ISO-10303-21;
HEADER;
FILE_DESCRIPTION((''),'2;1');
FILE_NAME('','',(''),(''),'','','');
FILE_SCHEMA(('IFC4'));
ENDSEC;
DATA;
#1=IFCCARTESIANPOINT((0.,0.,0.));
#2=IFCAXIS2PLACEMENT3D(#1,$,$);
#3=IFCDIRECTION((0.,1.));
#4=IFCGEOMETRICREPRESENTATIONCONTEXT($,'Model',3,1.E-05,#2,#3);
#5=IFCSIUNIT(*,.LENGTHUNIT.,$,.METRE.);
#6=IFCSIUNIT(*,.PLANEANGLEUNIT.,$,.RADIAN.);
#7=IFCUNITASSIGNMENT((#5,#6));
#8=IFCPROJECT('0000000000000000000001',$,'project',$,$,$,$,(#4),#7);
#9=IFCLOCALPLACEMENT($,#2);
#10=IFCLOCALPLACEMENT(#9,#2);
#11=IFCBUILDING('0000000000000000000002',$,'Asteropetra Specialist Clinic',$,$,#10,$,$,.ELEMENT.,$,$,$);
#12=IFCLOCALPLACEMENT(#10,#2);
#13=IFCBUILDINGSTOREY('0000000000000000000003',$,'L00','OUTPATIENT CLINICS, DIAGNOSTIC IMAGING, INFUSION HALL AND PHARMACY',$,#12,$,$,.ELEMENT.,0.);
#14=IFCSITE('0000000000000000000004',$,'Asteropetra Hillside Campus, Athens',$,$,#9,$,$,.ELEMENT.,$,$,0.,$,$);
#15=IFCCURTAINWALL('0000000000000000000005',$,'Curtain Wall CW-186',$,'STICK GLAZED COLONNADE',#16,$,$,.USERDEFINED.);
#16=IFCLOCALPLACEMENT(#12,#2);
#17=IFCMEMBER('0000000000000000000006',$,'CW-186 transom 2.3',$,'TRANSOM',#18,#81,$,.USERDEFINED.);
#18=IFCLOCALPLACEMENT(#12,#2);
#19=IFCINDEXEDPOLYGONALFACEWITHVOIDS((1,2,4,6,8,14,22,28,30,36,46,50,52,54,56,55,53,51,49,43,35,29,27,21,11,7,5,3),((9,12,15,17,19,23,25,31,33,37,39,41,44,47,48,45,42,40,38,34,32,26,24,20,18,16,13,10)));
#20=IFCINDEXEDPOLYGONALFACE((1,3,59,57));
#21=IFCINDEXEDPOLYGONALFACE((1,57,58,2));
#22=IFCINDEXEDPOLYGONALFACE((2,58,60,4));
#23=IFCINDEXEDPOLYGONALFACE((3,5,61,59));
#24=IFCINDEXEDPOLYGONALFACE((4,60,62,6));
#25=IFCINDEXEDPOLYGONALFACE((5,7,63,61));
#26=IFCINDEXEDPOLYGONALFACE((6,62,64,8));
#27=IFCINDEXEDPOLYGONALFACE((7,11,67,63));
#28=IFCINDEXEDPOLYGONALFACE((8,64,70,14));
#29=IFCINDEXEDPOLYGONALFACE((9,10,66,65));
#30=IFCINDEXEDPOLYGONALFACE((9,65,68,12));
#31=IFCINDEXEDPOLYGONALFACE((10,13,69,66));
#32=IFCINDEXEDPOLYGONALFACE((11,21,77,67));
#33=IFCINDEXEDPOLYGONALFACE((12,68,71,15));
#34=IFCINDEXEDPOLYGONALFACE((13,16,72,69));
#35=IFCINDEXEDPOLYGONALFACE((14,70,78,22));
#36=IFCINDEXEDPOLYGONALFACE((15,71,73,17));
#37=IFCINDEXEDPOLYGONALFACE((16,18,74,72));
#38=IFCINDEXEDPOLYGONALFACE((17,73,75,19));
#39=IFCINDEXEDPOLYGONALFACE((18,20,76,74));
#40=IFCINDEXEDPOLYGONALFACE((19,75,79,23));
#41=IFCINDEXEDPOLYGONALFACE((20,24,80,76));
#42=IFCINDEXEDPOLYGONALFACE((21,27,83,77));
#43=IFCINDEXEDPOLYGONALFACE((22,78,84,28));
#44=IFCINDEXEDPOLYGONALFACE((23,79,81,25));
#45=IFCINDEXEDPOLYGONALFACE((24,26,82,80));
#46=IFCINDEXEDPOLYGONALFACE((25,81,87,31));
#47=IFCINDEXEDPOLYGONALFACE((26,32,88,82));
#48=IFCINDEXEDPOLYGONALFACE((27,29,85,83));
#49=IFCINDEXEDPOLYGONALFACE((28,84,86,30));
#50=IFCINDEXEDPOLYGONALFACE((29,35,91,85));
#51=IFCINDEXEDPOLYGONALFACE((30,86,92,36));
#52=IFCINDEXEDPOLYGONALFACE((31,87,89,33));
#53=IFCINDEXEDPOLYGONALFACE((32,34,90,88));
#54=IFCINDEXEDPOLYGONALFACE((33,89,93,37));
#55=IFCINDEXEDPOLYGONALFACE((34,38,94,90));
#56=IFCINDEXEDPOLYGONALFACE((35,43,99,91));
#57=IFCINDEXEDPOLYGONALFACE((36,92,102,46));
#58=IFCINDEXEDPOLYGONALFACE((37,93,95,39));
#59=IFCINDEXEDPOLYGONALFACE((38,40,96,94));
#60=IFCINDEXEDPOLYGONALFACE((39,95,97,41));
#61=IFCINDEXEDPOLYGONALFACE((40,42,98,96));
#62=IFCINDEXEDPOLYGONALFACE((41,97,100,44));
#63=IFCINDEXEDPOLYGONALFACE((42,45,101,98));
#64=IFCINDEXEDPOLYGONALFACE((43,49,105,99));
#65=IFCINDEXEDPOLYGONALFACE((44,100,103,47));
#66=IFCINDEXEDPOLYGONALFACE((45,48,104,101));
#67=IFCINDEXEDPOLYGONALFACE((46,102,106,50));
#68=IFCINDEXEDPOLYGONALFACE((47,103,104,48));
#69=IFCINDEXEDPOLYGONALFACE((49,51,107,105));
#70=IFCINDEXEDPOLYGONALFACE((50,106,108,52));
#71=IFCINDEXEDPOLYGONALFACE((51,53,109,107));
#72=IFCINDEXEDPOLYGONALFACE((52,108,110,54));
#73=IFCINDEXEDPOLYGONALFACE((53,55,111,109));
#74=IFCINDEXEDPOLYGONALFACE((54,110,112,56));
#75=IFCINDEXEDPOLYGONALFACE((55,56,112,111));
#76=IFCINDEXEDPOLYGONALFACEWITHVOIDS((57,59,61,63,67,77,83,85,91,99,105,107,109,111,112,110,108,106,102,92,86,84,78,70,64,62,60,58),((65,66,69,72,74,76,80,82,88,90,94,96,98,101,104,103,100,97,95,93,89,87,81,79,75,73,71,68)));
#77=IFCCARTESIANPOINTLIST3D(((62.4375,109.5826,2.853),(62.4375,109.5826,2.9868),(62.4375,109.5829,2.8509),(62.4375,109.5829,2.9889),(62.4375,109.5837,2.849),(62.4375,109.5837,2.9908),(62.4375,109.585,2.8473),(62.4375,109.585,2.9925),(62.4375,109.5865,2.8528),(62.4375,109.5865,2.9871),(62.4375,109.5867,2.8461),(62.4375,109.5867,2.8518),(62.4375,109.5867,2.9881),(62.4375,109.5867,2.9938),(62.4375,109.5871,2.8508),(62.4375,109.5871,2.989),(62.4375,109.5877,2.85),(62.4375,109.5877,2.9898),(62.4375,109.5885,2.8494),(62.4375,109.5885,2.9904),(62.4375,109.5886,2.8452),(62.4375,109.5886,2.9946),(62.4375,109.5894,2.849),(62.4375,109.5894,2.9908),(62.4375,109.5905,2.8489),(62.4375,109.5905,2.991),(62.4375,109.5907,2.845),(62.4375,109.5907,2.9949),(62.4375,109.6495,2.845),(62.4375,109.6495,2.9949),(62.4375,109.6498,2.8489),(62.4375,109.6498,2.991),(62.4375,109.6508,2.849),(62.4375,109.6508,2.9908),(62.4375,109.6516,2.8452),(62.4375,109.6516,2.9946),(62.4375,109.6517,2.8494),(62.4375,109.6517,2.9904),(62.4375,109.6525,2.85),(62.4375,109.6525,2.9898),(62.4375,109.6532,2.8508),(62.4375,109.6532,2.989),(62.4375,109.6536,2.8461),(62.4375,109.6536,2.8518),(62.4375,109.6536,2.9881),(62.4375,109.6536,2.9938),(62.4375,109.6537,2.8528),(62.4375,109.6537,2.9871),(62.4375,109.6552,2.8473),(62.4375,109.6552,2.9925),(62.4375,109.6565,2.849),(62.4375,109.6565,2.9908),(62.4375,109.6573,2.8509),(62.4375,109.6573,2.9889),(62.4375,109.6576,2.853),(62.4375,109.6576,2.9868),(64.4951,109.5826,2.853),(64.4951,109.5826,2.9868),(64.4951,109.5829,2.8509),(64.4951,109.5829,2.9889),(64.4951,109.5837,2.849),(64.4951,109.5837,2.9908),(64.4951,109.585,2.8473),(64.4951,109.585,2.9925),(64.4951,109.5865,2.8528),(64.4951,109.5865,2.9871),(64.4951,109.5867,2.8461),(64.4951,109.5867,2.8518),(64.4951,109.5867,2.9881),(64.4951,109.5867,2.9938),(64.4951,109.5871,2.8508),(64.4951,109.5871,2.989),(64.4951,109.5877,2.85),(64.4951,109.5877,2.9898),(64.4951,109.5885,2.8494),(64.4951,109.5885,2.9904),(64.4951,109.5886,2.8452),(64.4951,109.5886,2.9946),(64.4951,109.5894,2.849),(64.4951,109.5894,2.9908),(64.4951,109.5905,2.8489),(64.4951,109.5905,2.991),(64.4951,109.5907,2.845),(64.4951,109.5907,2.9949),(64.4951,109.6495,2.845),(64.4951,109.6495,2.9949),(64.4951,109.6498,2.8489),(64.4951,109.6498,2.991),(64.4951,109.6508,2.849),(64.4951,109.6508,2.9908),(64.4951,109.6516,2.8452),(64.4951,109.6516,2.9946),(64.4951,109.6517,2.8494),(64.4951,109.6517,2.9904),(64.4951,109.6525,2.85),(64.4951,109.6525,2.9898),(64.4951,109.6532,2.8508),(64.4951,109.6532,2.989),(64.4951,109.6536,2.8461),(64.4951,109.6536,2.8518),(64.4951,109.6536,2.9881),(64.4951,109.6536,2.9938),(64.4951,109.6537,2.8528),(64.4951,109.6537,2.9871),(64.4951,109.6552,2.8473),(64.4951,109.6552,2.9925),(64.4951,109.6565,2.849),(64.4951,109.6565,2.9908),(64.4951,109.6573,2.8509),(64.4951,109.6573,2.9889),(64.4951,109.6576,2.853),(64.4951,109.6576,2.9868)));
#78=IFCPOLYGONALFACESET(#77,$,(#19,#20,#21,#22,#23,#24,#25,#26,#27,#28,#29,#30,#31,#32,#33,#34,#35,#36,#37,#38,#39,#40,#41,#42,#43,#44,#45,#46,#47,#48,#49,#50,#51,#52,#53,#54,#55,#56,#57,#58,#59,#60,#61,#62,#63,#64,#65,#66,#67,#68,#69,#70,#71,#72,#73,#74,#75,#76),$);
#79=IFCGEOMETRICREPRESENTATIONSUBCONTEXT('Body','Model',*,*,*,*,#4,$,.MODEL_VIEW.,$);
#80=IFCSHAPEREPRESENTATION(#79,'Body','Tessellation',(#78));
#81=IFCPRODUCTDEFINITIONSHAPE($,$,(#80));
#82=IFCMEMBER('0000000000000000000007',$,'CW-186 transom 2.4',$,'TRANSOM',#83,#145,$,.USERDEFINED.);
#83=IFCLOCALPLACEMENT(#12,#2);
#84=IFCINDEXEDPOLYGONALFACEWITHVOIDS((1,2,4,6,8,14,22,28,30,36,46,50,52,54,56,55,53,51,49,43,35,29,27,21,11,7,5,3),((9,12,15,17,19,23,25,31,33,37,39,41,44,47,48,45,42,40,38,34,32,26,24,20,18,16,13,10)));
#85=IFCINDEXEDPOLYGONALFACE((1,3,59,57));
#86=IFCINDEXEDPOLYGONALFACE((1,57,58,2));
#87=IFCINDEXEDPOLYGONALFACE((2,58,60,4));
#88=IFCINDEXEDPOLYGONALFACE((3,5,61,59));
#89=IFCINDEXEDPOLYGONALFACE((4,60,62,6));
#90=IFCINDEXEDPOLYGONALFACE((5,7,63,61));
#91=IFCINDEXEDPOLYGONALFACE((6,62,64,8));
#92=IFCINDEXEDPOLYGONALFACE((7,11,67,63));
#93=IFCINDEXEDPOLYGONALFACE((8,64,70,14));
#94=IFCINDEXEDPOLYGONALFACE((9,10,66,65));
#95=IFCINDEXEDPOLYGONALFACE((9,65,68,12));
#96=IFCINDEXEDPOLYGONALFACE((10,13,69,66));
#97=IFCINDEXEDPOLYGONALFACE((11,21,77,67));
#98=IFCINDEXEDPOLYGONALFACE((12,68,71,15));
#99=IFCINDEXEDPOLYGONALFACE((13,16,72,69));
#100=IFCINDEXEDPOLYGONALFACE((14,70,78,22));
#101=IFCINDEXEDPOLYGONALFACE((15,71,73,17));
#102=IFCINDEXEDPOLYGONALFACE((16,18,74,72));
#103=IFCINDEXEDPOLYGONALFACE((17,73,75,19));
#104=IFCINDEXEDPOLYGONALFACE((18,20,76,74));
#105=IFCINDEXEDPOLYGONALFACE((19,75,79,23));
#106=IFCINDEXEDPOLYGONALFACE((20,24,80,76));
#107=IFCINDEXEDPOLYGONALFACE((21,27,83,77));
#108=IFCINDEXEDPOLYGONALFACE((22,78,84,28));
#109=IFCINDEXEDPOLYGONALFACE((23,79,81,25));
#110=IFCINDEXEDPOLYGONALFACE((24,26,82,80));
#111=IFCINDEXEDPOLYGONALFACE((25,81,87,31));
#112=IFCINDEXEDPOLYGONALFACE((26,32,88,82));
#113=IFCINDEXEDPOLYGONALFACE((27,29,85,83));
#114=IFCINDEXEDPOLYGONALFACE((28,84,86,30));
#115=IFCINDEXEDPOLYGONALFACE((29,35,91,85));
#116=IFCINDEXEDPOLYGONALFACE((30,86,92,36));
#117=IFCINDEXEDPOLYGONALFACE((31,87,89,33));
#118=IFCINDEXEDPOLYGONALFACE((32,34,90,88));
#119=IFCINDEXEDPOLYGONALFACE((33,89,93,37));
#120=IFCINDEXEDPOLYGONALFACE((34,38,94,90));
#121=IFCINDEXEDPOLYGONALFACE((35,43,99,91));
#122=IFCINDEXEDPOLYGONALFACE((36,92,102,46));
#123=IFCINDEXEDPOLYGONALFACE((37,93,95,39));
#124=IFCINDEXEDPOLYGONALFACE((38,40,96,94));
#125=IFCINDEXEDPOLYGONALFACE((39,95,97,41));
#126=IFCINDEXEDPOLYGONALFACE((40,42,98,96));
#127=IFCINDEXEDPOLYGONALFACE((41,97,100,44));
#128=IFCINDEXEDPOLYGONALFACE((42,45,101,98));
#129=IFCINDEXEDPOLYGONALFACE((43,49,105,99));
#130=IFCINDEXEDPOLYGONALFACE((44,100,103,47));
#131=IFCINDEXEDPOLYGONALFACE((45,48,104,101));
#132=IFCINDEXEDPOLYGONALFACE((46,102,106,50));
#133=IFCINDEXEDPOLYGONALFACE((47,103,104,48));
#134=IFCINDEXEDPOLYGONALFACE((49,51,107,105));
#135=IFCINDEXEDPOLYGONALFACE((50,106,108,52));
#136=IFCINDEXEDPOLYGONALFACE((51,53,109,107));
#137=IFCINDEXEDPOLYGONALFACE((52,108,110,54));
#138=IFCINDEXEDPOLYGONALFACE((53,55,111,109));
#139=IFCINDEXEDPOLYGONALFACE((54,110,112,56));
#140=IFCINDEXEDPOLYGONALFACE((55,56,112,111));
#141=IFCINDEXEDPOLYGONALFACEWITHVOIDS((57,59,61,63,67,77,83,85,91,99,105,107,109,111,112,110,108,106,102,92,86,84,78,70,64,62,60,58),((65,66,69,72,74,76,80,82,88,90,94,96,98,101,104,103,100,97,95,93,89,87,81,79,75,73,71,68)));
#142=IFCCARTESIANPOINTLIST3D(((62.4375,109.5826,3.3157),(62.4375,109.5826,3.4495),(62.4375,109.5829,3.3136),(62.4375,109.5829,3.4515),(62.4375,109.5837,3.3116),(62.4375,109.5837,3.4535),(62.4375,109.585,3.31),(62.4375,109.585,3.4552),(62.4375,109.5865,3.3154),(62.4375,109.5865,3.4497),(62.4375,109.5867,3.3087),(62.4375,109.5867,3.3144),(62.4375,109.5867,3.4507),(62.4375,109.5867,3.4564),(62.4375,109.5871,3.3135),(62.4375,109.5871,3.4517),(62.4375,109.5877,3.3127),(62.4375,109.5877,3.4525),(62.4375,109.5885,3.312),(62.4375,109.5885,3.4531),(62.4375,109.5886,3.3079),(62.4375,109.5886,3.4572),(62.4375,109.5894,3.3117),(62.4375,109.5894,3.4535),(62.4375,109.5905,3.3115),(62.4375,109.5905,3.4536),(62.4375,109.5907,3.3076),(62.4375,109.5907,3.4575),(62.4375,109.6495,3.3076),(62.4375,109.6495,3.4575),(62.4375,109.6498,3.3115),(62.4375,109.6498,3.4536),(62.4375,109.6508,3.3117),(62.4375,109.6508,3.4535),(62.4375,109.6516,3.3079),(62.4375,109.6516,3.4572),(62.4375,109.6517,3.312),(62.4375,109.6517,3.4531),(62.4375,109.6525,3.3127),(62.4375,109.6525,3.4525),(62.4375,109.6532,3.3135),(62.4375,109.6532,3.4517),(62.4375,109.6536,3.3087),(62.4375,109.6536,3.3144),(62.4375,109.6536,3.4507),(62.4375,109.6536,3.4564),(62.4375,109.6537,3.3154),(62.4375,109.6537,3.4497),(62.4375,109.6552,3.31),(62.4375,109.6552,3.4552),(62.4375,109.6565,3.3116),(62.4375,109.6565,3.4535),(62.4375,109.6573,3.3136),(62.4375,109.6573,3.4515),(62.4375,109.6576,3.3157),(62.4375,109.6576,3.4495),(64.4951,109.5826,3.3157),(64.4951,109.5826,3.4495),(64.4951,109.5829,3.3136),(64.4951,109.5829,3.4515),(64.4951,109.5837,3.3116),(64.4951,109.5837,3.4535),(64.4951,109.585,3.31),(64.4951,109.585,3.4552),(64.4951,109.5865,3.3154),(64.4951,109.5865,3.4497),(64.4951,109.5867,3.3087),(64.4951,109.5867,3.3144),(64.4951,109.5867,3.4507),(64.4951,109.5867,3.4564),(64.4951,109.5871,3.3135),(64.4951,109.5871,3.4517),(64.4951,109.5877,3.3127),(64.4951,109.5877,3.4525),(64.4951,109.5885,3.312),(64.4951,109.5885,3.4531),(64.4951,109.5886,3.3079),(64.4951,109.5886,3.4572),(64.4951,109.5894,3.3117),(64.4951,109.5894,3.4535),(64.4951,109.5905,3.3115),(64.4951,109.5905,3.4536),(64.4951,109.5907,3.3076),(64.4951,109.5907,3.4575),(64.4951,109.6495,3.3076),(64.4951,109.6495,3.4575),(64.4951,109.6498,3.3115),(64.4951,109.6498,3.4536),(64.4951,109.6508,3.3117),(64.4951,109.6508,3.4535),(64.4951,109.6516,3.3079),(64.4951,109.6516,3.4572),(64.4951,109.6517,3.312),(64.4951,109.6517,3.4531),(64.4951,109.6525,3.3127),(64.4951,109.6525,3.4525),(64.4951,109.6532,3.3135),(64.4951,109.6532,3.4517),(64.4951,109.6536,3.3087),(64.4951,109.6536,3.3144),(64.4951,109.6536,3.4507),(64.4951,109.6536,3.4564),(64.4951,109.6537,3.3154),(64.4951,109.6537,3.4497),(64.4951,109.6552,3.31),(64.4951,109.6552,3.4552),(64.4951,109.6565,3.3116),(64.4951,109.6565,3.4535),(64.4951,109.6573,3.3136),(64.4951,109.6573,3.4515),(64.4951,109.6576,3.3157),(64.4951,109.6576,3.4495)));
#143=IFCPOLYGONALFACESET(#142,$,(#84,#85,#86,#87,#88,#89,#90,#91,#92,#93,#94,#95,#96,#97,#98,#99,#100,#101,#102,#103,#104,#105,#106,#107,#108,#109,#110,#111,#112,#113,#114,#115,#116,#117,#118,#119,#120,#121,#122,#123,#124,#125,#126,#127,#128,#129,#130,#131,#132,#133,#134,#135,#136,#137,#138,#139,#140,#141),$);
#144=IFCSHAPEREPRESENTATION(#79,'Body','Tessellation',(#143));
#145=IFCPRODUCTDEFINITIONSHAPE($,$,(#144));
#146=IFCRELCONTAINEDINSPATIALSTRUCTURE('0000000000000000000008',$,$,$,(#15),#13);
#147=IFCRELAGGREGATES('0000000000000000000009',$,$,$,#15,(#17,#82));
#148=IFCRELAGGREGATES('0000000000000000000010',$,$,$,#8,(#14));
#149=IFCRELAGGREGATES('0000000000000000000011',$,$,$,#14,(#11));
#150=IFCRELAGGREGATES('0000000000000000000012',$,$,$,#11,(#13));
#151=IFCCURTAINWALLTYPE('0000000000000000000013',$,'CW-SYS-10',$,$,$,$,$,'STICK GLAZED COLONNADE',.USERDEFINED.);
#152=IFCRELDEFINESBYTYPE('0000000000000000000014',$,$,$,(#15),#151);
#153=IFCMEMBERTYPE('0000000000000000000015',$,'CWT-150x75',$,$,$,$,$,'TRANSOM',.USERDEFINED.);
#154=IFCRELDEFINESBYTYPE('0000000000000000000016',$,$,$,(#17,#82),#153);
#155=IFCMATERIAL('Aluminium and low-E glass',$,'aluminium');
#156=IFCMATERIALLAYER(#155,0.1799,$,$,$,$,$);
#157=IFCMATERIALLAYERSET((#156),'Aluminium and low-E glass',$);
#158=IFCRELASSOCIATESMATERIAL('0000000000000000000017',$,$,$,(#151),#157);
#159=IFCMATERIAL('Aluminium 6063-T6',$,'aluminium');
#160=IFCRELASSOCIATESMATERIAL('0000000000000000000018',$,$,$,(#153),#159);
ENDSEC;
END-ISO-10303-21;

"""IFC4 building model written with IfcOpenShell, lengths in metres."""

from ifc_helpers import new_model, si_unit, direction, frame, origin, origin_2d, place, context, subcontext, project, spatial, hollow_rectangle, extrude, material, layer, layer_set, material_profile, profile_set, type_object, element, aggregate, save


model = new_model("IFC4")

# Units and contexts
model_context = context("Model", 3, precision=1e-05, world=origin(), true_north=direction((0.0, 1.0)))
body_context = subcontext(model_context, "Body", "Model", "MODEL_VIEW")
ifc_project = project(units=[si_unit("LENGTHUNIT", "METRE"), si_unit("PLANEANGLEUNIT", "RADIAN")], contexts=[model_context])

# Site, building, storey
site_placement = place(None, origin())
site = spatial("IfcSite", under=ifc_project, at=site_placement, Name="Asteropetra Hillside Campus, Athens", CompositionType="ELEMENT", RefElevation=0.0)
building_placement = place(site_placement, origin())
building = spatial("IfcBuilding", under=site, at=building_placement, Name="Asteropetra Specialist Clinic", CompositionType="ELEMENT")
storey_placement = place(building_placement, origin())
storey = spatial("IfcBuildingStorey", under=building, at=storey_placement, Name="L00", Description="OUTPATIENT CLINICS, DIAGNOSTIC IMAGING, INFUSION HALL AND PHARMACY", CompositionType="ELEMENT", Elevation=0.0)

# Curtain wall, members
ifc_material_1 = material(Name="Aluminium and low-E glass", Category="aluminium")
ifc_layer_1 = layer(ifc_material_1, 0.1799)
ifc_layer_set_1 = layer_set([ifc_layer_1], Name="Aluminium and low-E glass")
curtain_wall_type = type_object("IfcCurtainWallType", Name="CW-SYS-10", ElementType="STICK GLAZED COLONNADE", PredefinedType="USERDEFINED", material=ifc_layer_set_1)
curtain_wall_placement = place(storey_placement, origin())
curtain_wall = element("IfcCurtainWall", 1, at=curtain_wall_placement, inside=storey, type_object=curtain_wall_type, Name="Curtain Wall CW-186", ObjectType="STICK GLAZED COLONNADE", PredefinedType="USERDEFINED")
ifc_material_2 = material(Name="Aluminium 6063-T6", Category="aluminium")
ifc_material_profile_1 = material_profile(ifc_material_2, hollow_rectangle(XDim=0.075, YDim=0.1499, WallThickness=0.0039, InnerFilletRadius=0.0039, OuterFilletRadius=0.0081, at=origin_2d()), Name="TRN 150x75x4.0")
ifc_profile_set_1 = profile_set([ifc_material_profile_1], Name="Aluminium 6063-T6")
member_type_1 = type_object("IfcMemberType", Name="CWT-150x75", ElementType="TRANSOM", PredefinedType="USERDEFINED", material=ifc_profile_set_1)
member_1_placement = place(storey_placement, frame((64.4951, 109.6201, 2.9199), z_axis=(-1.0, 0.0, 0.0), x_axis=(0.0, -1.0, 0.0)))
member_1 = element("IfcMember", 2, at=member_1_placement, type_object=member_type_1, Name="CW-186 transom 2.3", ObjectType="TRANSOM", PredefinedType="USERDEFINED", context=body_context, shape_type="SweptSolid", body=[
    extrude(hollow_rectangle(XDim=0.075, YDim=0.1499, WallThickness=0.0039, InnerFilletRadius=0.0039, OuterFilletRadius=0.0081, at=origin_2d()), origin(), (0.0, 0.0, 1.0), 2.0576),
])
member_2_placement = place(storey_placement, frame((64.4951, 109.6201, 3.3826), z_axis=(-1.0, 0.0, 0.0), x_axis=(0.0, -1.0, 0.0)))
member_2 = element("IfcMember", 3, at=member_2_placement, type_object=member_type_1, Name="CW-186 transom 2.4", ObjectType="TRANSOM", PredefinedType="USERDEFINED", context=body_context, shape_type="SweptSolid", body=[
    extrude(hollow_rectangle(XDim=0.075, YDim=0.1499, WallThickness=0.0039, InnerFilletRadius=0.0039, OuterFilletRadius=0.0081, at=origin_2d()), origin(), (0.0, 0.0, 1.0), 2.0576),
])
aggregate(curtain_wall, [member_1, member_2])

save(model, "model.ifc")
